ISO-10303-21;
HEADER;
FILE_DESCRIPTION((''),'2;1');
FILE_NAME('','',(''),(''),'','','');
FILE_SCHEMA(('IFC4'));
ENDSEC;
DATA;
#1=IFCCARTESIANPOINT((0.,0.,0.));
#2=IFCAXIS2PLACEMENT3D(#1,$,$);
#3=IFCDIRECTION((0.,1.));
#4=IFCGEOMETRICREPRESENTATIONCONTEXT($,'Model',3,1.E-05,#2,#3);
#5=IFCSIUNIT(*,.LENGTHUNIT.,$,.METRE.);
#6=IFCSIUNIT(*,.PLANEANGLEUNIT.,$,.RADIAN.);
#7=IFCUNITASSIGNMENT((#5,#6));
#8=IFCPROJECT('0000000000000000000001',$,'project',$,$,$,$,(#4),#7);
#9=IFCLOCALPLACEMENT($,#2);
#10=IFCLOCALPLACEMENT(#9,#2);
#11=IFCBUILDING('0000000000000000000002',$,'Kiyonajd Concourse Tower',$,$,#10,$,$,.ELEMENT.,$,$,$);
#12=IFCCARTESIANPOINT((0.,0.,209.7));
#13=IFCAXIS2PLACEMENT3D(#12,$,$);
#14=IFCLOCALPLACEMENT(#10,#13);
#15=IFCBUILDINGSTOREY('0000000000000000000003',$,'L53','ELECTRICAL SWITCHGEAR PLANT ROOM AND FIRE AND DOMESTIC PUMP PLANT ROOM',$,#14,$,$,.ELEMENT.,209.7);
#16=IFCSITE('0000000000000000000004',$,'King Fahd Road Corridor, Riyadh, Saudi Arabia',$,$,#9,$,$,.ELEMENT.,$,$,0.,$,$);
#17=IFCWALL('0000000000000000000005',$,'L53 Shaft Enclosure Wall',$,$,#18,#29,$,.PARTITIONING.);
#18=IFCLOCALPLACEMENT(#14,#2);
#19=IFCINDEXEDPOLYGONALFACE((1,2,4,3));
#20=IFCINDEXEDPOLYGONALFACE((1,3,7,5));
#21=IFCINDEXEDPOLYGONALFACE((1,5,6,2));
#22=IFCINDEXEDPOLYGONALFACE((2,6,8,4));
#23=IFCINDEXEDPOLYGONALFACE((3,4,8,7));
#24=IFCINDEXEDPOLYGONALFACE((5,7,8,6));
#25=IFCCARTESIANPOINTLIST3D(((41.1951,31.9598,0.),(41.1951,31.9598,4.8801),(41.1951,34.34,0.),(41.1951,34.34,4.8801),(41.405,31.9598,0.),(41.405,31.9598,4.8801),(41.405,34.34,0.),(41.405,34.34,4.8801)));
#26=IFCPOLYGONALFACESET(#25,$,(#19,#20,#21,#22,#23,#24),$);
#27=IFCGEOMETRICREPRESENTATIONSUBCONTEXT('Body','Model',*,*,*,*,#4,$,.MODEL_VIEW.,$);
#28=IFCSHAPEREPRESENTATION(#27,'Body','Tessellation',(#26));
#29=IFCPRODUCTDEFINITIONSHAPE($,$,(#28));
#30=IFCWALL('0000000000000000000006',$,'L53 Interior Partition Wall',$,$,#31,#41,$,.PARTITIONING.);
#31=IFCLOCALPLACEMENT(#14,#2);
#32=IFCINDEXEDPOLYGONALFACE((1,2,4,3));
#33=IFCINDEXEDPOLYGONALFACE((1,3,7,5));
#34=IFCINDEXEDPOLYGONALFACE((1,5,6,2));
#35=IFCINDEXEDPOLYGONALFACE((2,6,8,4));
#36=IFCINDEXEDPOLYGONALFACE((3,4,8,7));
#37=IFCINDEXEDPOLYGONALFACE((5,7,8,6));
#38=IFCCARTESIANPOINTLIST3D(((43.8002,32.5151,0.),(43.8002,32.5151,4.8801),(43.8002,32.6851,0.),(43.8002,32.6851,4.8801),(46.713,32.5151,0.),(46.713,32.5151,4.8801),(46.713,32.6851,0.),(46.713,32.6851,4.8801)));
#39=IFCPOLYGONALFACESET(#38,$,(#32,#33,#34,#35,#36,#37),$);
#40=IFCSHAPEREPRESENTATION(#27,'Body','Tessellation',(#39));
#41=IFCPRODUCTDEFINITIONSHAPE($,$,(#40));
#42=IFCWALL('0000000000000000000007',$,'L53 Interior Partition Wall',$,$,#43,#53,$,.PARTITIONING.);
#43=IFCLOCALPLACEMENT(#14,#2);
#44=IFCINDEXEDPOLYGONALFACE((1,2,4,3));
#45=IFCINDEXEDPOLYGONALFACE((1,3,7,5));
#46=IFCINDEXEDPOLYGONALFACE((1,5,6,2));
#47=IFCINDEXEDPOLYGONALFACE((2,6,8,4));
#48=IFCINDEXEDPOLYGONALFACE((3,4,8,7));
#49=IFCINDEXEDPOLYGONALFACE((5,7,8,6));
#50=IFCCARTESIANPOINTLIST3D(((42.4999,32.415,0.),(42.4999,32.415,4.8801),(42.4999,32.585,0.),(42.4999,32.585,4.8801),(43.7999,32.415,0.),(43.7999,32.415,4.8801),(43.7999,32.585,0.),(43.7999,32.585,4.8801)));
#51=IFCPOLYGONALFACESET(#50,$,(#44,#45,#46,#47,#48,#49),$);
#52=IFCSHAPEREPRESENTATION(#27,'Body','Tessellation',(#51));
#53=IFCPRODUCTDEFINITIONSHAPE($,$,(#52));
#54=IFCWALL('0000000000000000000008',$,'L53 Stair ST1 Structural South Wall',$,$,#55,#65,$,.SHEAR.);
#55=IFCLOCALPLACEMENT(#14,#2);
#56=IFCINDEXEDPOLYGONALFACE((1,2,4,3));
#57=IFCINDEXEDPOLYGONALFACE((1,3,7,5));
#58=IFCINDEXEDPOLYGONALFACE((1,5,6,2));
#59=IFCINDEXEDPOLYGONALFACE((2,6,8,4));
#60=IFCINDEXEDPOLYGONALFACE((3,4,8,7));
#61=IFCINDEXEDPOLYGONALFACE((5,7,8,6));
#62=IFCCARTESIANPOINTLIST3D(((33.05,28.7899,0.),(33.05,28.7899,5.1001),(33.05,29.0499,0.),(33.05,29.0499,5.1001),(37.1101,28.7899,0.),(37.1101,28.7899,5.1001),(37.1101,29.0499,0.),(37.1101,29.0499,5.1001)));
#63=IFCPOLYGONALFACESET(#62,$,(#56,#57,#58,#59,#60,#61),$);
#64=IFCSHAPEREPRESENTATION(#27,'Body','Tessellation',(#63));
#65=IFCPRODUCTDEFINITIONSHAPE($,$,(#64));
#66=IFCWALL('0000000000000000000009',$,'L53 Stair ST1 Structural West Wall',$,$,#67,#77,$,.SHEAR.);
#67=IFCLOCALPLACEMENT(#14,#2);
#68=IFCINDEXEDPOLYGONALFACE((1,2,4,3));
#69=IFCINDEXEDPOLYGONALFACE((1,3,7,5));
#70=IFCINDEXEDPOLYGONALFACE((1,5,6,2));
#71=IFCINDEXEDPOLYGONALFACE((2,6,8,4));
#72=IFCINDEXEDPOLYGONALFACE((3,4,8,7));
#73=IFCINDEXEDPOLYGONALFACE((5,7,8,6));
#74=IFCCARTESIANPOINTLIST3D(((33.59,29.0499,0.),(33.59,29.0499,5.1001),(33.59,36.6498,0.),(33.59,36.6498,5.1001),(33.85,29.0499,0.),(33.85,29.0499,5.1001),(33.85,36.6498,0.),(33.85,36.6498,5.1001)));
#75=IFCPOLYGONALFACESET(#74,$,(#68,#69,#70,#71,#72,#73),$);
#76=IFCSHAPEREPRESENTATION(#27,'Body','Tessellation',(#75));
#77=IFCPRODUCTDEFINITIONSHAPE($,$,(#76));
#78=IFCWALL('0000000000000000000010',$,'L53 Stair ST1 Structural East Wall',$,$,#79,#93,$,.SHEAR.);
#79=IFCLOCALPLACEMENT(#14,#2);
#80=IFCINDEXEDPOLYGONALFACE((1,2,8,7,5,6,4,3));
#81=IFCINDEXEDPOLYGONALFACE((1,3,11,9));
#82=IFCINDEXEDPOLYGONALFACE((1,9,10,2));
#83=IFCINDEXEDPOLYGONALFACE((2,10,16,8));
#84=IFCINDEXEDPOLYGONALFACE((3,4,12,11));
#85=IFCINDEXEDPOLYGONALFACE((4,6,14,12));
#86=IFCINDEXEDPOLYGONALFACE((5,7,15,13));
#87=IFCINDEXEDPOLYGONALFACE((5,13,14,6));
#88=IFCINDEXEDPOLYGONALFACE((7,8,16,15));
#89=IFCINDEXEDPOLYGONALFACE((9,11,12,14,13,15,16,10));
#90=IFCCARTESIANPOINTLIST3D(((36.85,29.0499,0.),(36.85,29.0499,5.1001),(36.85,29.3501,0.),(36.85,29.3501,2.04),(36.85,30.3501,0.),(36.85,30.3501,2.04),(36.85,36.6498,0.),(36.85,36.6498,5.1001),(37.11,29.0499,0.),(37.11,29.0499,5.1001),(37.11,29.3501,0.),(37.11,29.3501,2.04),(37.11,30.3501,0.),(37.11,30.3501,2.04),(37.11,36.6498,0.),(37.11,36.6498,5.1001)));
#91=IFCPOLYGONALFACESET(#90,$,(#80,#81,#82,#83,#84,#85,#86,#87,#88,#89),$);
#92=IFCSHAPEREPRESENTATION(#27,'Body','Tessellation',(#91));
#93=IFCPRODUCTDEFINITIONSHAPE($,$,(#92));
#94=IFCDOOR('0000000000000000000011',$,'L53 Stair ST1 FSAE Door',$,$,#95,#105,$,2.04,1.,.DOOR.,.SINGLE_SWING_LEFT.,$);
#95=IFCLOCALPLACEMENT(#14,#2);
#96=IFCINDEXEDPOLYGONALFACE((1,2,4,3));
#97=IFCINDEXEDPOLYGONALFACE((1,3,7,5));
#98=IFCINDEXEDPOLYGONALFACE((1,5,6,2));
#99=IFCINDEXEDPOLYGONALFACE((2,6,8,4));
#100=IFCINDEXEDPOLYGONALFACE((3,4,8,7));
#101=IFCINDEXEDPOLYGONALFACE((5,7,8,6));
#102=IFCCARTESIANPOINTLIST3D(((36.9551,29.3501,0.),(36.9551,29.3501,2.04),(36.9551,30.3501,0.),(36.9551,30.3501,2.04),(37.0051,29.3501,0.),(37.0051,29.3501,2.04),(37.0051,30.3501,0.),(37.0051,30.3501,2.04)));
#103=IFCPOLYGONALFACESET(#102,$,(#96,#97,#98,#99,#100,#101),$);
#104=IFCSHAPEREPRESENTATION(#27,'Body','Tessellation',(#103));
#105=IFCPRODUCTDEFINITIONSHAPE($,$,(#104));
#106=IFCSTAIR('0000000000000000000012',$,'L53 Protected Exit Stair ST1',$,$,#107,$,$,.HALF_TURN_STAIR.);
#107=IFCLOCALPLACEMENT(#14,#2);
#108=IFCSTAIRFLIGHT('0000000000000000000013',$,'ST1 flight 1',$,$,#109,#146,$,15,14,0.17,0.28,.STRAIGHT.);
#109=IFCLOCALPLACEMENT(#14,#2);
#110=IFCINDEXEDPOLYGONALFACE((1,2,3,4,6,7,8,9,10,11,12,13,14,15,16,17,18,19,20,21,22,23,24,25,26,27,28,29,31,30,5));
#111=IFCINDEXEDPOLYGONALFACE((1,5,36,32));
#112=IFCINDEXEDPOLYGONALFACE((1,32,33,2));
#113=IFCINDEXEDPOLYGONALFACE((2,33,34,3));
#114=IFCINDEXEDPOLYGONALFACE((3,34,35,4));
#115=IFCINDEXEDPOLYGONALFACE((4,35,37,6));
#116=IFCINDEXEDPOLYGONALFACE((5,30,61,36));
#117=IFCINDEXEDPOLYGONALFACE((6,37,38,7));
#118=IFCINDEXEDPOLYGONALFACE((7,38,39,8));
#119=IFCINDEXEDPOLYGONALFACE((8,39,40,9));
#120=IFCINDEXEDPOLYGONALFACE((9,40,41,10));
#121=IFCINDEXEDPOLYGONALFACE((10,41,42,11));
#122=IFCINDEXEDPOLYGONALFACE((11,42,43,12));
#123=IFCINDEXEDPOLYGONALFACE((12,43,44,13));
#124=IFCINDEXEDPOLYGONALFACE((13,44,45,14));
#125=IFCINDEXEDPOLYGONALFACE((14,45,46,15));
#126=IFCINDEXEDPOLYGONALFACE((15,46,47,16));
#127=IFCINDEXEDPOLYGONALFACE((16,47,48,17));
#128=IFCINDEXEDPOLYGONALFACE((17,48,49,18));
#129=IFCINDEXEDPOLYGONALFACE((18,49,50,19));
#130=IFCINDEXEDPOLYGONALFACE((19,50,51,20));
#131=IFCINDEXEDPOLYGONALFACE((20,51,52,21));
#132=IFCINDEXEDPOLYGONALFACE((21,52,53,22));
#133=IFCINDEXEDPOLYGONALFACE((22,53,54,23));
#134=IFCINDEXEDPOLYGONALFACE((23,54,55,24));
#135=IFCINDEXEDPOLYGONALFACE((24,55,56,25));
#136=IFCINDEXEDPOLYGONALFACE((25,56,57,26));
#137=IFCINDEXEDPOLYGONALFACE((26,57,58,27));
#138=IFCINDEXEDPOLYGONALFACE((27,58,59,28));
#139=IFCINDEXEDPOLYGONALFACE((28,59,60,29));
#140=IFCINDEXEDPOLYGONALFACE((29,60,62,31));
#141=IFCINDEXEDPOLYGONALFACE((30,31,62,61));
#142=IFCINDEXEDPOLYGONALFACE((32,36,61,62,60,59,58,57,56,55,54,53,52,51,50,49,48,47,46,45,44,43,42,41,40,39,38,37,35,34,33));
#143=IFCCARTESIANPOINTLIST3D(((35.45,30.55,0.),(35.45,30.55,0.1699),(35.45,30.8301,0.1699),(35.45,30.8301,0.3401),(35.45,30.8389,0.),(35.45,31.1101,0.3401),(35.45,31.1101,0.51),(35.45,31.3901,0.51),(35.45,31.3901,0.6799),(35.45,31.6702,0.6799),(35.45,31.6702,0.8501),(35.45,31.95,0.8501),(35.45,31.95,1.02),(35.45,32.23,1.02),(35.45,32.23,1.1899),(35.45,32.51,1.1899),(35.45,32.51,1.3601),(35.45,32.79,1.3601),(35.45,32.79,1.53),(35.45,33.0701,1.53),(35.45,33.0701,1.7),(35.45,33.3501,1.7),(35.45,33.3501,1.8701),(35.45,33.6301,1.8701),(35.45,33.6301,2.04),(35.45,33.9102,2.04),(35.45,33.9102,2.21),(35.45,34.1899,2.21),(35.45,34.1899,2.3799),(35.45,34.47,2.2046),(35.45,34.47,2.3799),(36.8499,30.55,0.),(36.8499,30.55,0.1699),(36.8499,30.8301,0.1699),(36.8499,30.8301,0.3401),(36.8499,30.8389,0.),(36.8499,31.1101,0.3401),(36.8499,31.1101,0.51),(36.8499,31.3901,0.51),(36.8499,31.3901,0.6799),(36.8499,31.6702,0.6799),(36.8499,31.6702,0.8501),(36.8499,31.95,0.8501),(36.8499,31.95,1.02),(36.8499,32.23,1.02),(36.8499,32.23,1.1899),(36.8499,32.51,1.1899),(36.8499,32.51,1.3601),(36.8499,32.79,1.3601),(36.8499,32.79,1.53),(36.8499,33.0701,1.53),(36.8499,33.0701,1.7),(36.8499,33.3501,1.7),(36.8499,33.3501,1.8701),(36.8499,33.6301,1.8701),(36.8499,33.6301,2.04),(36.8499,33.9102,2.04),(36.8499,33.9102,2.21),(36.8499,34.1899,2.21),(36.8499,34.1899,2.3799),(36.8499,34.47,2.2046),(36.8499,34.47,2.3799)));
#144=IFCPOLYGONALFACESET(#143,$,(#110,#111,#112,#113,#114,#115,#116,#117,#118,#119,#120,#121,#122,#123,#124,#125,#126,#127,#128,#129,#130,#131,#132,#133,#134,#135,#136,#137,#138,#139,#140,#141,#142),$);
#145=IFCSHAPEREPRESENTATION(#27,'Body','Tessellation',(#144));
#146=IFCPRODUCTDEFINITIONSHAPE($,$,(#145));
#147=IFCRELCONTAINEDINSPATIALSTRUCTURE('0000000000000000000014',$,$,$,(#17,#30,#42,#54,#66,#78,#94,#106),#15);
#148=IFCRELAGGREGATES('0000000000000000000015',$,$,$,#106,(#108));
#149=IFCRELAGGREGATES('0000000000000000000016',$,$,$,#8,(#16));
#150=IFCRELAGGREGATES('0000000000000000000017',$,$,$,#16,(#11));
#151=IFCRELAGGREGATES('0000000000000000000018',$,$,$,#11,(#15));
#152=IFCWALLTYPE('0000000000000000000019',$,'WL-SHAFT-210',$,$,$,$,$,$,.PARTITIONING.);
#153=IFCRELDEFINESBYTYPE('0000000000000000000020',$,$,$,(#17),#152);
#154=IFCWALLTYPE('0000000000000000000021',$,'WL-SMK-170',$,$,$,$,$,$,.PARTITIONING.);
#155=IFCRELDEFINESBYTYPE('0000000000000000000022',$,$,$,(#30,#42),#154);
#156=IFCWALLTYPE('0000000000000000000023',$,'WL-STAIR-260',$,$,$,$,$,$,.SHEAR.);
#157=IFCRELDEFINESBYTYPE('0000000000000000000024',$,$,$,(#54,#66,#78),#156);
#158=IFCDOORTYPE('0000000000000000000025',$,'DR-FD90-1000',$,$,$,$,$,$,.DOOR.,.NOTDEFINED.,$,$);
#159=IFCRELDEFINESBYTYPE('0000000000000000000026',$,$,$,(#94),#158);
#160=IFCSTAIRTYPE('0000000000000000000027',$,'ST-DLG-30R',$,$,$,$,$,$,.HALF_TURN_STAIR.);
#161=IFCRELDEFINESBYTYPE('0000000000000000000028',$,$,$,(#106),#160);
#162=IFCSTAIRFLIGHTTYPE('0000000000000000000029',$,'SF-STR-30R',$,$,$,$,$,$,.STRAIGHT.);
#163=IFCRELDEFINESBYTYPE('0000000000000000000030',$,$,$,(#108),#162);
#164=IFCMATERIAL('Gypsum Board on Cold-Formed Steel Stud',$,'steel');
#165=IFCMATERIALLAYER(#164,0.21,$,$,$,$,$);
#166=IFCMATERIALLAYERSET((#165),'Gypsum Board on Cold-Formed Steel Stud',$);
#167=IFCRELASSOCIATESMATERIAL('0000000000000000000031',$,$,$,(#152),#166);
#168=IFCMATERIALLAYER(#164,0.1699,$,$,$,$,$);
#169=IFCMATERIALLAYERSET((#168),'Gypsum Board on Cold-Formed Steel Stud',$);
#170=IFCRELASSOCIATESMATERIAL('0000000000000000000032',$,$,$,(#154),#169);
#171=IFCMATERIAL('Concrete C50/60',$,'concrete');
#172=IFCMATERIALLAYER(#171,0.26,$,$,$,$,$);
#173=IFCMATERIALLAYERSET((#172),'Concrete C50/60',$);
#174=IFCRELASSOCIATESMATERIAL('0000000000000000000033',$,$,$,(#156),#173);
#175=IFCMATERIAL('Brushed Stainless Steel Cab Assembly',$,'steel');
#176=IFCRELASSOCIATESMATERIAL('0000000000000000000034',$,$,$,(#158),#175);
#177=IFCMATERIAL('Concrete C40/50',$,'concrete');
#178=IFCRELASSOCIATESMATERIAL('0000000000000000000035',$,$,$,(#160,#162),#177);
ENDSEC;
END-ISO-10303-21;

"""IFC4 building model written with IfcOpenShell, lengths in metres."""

from ifc_helpers import new_model, si_unit, direction, frame, frame_2d, origin, place, context, subcontext, project, spatial, polyline, rectangle, outline, extrude, material, layer, layer_set, type_object, element, fill, aggregate, save


model = new_model("IFC4")

# Units and contexts
model_context = context("Model", 3, precision=1e-05, world=origin(), true_north=direction((0.0, 1.0)))
body_context = subcontext(model_context, "Body", "Model", "MODEL_VIEW")
ifc_project = project(units=[si_unit("LENGTHUNIT", "METRE"), si_unit("PLANEANGLEUNIT", "RADIAN")], contexts=[model_context])

# Site, building, storey
site_placement = place(None, origin())
site = spatial("IfcSite", under=ifc_project, at=site_placement, Name="King Fahd Road Corridor, Riyadh, Saudi Arabia", CompositionType="ELEMENT", RefElevation=0.0)
building_placement = place(site_placement, origin())
building = spatial("IfcBuilding", under=site, at=building_placement, Name="Kiyonajd Concourse Tower", CompositionType="ELEMENT")
storey_placement = place(building_placement, frame((0.0, 0.0, 209.7)))
storey = spatial("IfcBuildingStorey", under=building, at=storey_placement, Name="L53", Description="ELECTRICAL SWITCHGEAR PLANT ROOM AND FIRE AND DOMESTIC PUMP PLANT ROOM", CompositionType="ELEMENT", Elevation=209.7)

# Shared definitions
ifc_material_1 = material(Name="Concrete C50/60", Category="concrete")

# Shared definitions
ifc_material_2 = material(Name="Gypsum Board on Cold-Formed Steel Stud", Category="steel")

# Shared definitions
ifc_layer_1 = layer(ifc_material_2, 0.21)
ifc_layer_set_1 = layer_set([ifc_layer_1], Name="Gypsum Board on Cold-Formed Steel Stud")
wall_type_1 = type_object("IfcWallType", Name="WL-SHAFT-210", PredefinedType="PARTITIONING", material=ifc_layer_set_1)
ifc_material_3 = material(Name="Brushed Stainless Steel Cab Assembly", Category="steel")

# Walls
wall_1_placement = place(storey_placement, frame((41.3, 31.96, 0.0), z_axis=(0.0, 0.0, 1.0), x_axis=(0.0, 1.0, 0.0)))
element("IfcWall", 1, at=wall_1_placement, inside=storey, type_object=wall_type_1, Name="L53 Shaft Enclosure Wall", PredefinedType="PARTITIONING", context=body_context, shape_type="SweptSolid", body=[
    extrude(rectangle(XDim=2.3801, YDim=0.21, at=frame_2d((1.1899, 0.0))), origin(), (0.0, 0.0, 1.0), 4.8801),
])
ifc_layer_2 = layer(ifc_material_2, 0.1699)
ifc_layer_set_2 = layer_set([ifc_layer_2], Name="Gypsum Board on Cold-Formed Steel Stud")
wall_type_2 = type_object("IfcWallType", Name="WL-SMK-170", PredefinedType="PARTITIONING", material=ifc_layer_set_2)
wall_2_placement = place(storey_placement, frame((43.8, 32.6001, 0.0), z_axis=(0.0, 0.0, 1.0), x_axis=(1.0, 0.0, 0.0)))
element("IfcWall", 2, at=wall_2_placement, inside=storey, type_object=wall_type_2, Name="L53 Interior Partition Wall", PredefinedType="PARTITIONING", context=body_context, shape_type="SweptSolid", body=[
    extrude(rectangle(XDim=2.9128, YDim=0.1699, at=frame_2d((1.4565, 0.0))), origin(), (0.0, 0.0, 1.0), 4.8801),
])
wall_3_placement = place(storey_placement, frame((42.5, 32.5, 0.0), z_axis=(0.0, 0.0, 1.0), x_axis=(1.0, 0.0, 0.0)))
element("IfcWall", 3, at=wall_3_placement, inside=storey, type_object=wall_type_2, Name="L53 Interior Partition Wall", PredefinedType="PARTITIONING", context=body_context, shape_type="SweptSolid", body=[
    extrude(rectangle(XDim=1.3, YDim=0.1699, at=frame_2d((0.6499, 0.0))), origin(), (0.0, 0.0, 1.0), 4.8801),
])
ifc_layer_3 = layer(ifc_material_1, 0.26)
ifc_layer_set_3 = layer_set([ifc_layer_3], Name="Concrete C50/60")
wall_type_3 = type_object("IfcWallType", Name="WL-STAIR-260", PredefinedType="SHEAR", material=ifc_layer_set_3)
wall_4_placement = place(storey_placement, frame((33.05, 28.9199, 0.0), z_axis=(0.0, 0.0, 1.0), x_axis=(1.0, 0.0, 0.0)))
element("IfcWall", 4, at=wall_4_placement, inside=storey, type_object=wall_type_3, Name="L53 Stair ST1 Structural South Wall", PredefinedType="SHEAR", context=body_context, shape_type="SweptSolid", body=[
    extrude(rectangle(XDim=4.0601, YDim=0.26, at=frame_2d((2.03, 0.0))), origin(), (0.0, 0.0, 1.0), 5.1001),
])
wall_5_placement = place(storey_placement, frame((33.72, 29.05, 0.0), z_axis=(0.0, 0.0, 1.0), x_axis=(0.0, 1.0, 0.0)))
element("IfcWall", 5, at=wall_5_placement, inside=storey, type_object=wall_type_3, Name="L53 Stair ST1 Structural West Wall", PredefinedType="SHEAR", context=body_context, shape_type="SweptSolid", body=[
    extrude(rectangle(XDim=7.5999, YDim=0.26, at=frame_2d((3.7998, 0.0))), origin(), (0.0, 0.0, 1.0), 5.1001),
])

# Wall, opening, door
wall_6_placement = place(storey_placement, frame((36.98, 29.05, 0.0), z_axis=(0.0, 0.0, 1.0), x_axis=(0.0, 1.0, 0.0)))
wall_6 = element("IfcWall", 6, at=wall_6_placement, inside=storey, type_object=wall_type_3, Name="L53 Stair ST1 Structural East Wall", PredefinedType="SHEAR", context=body_context, shape_type="SweptSolid", body=[
    extrude(rectangle(XDim=7.5999, YDim=0.26, at=frame_2d((3.7998, 0.0))), origin(), (0.0, 0.0, 1.0), 5.1001),
])
opening_1_placement = place(wall_6_placement, frame((0.3, 0.0, 0.0)))
opening_1 = element("IfcOpeningElement", 7, at=opening_1_placement, cuts=wall_6, PredefinedType="OPENING", context=body_context, shape_type="SweptSolid", body=[
    extrude(rectangle(XDim=1.0, YDim=2.04, at=frame_2d((0.5, 1.02))), frame((0.0, 0.1399, 0.0), z_axis=(0.0, -1.0, 0.0), x_axis=(1.0, 0.0, 0.0)), (0.0, 0.0, 1.0), 0.28),
])
door_type_1 = type_object("IfcDoorType", Name="DR-FD90-1000", OperationType="NOTDEFINED", PredefinedType="DOOR", material=ifc_material_3)
door_1_placement = place(opening_1_placement, origin())
door_1 = element("IfcDoor", 8, at=door_1_placement, inside=storey, type_object=door_type_1, Name="L53 Stair ST1 FSAE Door", OperationType="SINGLE_SWING_LEFT", OverallHeight=2.04, OverallWidth=1.0, PredefinedType="DOOR", context=body_context, shape_type="SweptSolid", body=[
    extrude(rectangle(XDim=1.0, YDim=2.04, at=frame_2d((0.5, 1.02))), frame((0.0, 0.0249, 0.0), z_axis=(0.0, -1.0, 0.0), x_axis=(1.0, 0.0, 0.0)), (0.0, 0.0, 1.0), 0.05),
])
fill(opening_1, door_1)

# Stair, stair flight
ifc_material_4 = material(Name="Concrete C40/50", Category="concrete")
stair_type = type_object("IfcStairType", Name="ST-DLG-30R", PredefinedType="HALF_TURN_STAIR", material=ifc_material_4)
stair_placement = place(storey_placement, origin())
stair = element("IfcStair", 9, at=stair_placement, inside=storey, type_object=stair_type, Name="L53 Protected Exit Stair ST1", PredefinedType="HALF_TURN_STAIR")
stair_flight_type = type_object("IfcStairFlightType", Name="SF-STR-30R", PredefinedType="STRAIGHT", material=ifc_material_4)
stair_flight_1_placement = place(storey_placement, frame((36.1499, 30.55, 0.0), z_axis=(0.0, 0.0, 1.0), x_axis=(0.0, 1.0, 0.0)))
stair_flight_1 = element("IfcStairFlight", 10, at=stair_flight_1_placement, type_object=stair_flight_type, Name="ST1 flight 1", NumberOfRisers=15, NumberOfTreads=14, PredefinedType="STRAIGHT", RiserHeight=0.17, TreadLength=0.28, context=body_context, shape_type="SweptSolid", body=[
    extrude(outline(polyline([(0.0, 0.0), (0.0, 0.1699), (0.28, 0.1699), (0.28, 0.3401), (0.5601, 0.3401), (0.5601, 0.51), (0.8401, 0.51), (0.8401, 0.6799), (1.1201, 0.6799), (1.1201, 0.8501), (1.3999, 0.8501), (1.3999, 1.02), (1.6799, 1.02), (1.6799, 1.1899), (1.96, 1.1899), (1.96, 1.3601), (2.24, 1.3601), (2.24, 1.53), (2.52, 1.53), (2.52, 1.7), (2.8, 1.7), (2.8, 1.8701), (3.0801, 1.8701), (3.0801, 2.04), (3.3601, 2.04), (3.3601, 2.21), (3.6399, 2.21), (3.6399, 2.3799), (3.9199, 2.3799), (3.9199, 2.55), (3.9199, 2.2046), (0.2888, 0.0), (0.0, 0.0)])), frame((0.0, 0.7, 0.0), z_axis=(0.0, -1.0, 0.0), x_axis=(1.0, 0.0, 0.0)), (0.0, 0.0, 1.0), 1.3999),
])
aggregate(stair, [stair_flight_1])

save(model, "model.ifc")
